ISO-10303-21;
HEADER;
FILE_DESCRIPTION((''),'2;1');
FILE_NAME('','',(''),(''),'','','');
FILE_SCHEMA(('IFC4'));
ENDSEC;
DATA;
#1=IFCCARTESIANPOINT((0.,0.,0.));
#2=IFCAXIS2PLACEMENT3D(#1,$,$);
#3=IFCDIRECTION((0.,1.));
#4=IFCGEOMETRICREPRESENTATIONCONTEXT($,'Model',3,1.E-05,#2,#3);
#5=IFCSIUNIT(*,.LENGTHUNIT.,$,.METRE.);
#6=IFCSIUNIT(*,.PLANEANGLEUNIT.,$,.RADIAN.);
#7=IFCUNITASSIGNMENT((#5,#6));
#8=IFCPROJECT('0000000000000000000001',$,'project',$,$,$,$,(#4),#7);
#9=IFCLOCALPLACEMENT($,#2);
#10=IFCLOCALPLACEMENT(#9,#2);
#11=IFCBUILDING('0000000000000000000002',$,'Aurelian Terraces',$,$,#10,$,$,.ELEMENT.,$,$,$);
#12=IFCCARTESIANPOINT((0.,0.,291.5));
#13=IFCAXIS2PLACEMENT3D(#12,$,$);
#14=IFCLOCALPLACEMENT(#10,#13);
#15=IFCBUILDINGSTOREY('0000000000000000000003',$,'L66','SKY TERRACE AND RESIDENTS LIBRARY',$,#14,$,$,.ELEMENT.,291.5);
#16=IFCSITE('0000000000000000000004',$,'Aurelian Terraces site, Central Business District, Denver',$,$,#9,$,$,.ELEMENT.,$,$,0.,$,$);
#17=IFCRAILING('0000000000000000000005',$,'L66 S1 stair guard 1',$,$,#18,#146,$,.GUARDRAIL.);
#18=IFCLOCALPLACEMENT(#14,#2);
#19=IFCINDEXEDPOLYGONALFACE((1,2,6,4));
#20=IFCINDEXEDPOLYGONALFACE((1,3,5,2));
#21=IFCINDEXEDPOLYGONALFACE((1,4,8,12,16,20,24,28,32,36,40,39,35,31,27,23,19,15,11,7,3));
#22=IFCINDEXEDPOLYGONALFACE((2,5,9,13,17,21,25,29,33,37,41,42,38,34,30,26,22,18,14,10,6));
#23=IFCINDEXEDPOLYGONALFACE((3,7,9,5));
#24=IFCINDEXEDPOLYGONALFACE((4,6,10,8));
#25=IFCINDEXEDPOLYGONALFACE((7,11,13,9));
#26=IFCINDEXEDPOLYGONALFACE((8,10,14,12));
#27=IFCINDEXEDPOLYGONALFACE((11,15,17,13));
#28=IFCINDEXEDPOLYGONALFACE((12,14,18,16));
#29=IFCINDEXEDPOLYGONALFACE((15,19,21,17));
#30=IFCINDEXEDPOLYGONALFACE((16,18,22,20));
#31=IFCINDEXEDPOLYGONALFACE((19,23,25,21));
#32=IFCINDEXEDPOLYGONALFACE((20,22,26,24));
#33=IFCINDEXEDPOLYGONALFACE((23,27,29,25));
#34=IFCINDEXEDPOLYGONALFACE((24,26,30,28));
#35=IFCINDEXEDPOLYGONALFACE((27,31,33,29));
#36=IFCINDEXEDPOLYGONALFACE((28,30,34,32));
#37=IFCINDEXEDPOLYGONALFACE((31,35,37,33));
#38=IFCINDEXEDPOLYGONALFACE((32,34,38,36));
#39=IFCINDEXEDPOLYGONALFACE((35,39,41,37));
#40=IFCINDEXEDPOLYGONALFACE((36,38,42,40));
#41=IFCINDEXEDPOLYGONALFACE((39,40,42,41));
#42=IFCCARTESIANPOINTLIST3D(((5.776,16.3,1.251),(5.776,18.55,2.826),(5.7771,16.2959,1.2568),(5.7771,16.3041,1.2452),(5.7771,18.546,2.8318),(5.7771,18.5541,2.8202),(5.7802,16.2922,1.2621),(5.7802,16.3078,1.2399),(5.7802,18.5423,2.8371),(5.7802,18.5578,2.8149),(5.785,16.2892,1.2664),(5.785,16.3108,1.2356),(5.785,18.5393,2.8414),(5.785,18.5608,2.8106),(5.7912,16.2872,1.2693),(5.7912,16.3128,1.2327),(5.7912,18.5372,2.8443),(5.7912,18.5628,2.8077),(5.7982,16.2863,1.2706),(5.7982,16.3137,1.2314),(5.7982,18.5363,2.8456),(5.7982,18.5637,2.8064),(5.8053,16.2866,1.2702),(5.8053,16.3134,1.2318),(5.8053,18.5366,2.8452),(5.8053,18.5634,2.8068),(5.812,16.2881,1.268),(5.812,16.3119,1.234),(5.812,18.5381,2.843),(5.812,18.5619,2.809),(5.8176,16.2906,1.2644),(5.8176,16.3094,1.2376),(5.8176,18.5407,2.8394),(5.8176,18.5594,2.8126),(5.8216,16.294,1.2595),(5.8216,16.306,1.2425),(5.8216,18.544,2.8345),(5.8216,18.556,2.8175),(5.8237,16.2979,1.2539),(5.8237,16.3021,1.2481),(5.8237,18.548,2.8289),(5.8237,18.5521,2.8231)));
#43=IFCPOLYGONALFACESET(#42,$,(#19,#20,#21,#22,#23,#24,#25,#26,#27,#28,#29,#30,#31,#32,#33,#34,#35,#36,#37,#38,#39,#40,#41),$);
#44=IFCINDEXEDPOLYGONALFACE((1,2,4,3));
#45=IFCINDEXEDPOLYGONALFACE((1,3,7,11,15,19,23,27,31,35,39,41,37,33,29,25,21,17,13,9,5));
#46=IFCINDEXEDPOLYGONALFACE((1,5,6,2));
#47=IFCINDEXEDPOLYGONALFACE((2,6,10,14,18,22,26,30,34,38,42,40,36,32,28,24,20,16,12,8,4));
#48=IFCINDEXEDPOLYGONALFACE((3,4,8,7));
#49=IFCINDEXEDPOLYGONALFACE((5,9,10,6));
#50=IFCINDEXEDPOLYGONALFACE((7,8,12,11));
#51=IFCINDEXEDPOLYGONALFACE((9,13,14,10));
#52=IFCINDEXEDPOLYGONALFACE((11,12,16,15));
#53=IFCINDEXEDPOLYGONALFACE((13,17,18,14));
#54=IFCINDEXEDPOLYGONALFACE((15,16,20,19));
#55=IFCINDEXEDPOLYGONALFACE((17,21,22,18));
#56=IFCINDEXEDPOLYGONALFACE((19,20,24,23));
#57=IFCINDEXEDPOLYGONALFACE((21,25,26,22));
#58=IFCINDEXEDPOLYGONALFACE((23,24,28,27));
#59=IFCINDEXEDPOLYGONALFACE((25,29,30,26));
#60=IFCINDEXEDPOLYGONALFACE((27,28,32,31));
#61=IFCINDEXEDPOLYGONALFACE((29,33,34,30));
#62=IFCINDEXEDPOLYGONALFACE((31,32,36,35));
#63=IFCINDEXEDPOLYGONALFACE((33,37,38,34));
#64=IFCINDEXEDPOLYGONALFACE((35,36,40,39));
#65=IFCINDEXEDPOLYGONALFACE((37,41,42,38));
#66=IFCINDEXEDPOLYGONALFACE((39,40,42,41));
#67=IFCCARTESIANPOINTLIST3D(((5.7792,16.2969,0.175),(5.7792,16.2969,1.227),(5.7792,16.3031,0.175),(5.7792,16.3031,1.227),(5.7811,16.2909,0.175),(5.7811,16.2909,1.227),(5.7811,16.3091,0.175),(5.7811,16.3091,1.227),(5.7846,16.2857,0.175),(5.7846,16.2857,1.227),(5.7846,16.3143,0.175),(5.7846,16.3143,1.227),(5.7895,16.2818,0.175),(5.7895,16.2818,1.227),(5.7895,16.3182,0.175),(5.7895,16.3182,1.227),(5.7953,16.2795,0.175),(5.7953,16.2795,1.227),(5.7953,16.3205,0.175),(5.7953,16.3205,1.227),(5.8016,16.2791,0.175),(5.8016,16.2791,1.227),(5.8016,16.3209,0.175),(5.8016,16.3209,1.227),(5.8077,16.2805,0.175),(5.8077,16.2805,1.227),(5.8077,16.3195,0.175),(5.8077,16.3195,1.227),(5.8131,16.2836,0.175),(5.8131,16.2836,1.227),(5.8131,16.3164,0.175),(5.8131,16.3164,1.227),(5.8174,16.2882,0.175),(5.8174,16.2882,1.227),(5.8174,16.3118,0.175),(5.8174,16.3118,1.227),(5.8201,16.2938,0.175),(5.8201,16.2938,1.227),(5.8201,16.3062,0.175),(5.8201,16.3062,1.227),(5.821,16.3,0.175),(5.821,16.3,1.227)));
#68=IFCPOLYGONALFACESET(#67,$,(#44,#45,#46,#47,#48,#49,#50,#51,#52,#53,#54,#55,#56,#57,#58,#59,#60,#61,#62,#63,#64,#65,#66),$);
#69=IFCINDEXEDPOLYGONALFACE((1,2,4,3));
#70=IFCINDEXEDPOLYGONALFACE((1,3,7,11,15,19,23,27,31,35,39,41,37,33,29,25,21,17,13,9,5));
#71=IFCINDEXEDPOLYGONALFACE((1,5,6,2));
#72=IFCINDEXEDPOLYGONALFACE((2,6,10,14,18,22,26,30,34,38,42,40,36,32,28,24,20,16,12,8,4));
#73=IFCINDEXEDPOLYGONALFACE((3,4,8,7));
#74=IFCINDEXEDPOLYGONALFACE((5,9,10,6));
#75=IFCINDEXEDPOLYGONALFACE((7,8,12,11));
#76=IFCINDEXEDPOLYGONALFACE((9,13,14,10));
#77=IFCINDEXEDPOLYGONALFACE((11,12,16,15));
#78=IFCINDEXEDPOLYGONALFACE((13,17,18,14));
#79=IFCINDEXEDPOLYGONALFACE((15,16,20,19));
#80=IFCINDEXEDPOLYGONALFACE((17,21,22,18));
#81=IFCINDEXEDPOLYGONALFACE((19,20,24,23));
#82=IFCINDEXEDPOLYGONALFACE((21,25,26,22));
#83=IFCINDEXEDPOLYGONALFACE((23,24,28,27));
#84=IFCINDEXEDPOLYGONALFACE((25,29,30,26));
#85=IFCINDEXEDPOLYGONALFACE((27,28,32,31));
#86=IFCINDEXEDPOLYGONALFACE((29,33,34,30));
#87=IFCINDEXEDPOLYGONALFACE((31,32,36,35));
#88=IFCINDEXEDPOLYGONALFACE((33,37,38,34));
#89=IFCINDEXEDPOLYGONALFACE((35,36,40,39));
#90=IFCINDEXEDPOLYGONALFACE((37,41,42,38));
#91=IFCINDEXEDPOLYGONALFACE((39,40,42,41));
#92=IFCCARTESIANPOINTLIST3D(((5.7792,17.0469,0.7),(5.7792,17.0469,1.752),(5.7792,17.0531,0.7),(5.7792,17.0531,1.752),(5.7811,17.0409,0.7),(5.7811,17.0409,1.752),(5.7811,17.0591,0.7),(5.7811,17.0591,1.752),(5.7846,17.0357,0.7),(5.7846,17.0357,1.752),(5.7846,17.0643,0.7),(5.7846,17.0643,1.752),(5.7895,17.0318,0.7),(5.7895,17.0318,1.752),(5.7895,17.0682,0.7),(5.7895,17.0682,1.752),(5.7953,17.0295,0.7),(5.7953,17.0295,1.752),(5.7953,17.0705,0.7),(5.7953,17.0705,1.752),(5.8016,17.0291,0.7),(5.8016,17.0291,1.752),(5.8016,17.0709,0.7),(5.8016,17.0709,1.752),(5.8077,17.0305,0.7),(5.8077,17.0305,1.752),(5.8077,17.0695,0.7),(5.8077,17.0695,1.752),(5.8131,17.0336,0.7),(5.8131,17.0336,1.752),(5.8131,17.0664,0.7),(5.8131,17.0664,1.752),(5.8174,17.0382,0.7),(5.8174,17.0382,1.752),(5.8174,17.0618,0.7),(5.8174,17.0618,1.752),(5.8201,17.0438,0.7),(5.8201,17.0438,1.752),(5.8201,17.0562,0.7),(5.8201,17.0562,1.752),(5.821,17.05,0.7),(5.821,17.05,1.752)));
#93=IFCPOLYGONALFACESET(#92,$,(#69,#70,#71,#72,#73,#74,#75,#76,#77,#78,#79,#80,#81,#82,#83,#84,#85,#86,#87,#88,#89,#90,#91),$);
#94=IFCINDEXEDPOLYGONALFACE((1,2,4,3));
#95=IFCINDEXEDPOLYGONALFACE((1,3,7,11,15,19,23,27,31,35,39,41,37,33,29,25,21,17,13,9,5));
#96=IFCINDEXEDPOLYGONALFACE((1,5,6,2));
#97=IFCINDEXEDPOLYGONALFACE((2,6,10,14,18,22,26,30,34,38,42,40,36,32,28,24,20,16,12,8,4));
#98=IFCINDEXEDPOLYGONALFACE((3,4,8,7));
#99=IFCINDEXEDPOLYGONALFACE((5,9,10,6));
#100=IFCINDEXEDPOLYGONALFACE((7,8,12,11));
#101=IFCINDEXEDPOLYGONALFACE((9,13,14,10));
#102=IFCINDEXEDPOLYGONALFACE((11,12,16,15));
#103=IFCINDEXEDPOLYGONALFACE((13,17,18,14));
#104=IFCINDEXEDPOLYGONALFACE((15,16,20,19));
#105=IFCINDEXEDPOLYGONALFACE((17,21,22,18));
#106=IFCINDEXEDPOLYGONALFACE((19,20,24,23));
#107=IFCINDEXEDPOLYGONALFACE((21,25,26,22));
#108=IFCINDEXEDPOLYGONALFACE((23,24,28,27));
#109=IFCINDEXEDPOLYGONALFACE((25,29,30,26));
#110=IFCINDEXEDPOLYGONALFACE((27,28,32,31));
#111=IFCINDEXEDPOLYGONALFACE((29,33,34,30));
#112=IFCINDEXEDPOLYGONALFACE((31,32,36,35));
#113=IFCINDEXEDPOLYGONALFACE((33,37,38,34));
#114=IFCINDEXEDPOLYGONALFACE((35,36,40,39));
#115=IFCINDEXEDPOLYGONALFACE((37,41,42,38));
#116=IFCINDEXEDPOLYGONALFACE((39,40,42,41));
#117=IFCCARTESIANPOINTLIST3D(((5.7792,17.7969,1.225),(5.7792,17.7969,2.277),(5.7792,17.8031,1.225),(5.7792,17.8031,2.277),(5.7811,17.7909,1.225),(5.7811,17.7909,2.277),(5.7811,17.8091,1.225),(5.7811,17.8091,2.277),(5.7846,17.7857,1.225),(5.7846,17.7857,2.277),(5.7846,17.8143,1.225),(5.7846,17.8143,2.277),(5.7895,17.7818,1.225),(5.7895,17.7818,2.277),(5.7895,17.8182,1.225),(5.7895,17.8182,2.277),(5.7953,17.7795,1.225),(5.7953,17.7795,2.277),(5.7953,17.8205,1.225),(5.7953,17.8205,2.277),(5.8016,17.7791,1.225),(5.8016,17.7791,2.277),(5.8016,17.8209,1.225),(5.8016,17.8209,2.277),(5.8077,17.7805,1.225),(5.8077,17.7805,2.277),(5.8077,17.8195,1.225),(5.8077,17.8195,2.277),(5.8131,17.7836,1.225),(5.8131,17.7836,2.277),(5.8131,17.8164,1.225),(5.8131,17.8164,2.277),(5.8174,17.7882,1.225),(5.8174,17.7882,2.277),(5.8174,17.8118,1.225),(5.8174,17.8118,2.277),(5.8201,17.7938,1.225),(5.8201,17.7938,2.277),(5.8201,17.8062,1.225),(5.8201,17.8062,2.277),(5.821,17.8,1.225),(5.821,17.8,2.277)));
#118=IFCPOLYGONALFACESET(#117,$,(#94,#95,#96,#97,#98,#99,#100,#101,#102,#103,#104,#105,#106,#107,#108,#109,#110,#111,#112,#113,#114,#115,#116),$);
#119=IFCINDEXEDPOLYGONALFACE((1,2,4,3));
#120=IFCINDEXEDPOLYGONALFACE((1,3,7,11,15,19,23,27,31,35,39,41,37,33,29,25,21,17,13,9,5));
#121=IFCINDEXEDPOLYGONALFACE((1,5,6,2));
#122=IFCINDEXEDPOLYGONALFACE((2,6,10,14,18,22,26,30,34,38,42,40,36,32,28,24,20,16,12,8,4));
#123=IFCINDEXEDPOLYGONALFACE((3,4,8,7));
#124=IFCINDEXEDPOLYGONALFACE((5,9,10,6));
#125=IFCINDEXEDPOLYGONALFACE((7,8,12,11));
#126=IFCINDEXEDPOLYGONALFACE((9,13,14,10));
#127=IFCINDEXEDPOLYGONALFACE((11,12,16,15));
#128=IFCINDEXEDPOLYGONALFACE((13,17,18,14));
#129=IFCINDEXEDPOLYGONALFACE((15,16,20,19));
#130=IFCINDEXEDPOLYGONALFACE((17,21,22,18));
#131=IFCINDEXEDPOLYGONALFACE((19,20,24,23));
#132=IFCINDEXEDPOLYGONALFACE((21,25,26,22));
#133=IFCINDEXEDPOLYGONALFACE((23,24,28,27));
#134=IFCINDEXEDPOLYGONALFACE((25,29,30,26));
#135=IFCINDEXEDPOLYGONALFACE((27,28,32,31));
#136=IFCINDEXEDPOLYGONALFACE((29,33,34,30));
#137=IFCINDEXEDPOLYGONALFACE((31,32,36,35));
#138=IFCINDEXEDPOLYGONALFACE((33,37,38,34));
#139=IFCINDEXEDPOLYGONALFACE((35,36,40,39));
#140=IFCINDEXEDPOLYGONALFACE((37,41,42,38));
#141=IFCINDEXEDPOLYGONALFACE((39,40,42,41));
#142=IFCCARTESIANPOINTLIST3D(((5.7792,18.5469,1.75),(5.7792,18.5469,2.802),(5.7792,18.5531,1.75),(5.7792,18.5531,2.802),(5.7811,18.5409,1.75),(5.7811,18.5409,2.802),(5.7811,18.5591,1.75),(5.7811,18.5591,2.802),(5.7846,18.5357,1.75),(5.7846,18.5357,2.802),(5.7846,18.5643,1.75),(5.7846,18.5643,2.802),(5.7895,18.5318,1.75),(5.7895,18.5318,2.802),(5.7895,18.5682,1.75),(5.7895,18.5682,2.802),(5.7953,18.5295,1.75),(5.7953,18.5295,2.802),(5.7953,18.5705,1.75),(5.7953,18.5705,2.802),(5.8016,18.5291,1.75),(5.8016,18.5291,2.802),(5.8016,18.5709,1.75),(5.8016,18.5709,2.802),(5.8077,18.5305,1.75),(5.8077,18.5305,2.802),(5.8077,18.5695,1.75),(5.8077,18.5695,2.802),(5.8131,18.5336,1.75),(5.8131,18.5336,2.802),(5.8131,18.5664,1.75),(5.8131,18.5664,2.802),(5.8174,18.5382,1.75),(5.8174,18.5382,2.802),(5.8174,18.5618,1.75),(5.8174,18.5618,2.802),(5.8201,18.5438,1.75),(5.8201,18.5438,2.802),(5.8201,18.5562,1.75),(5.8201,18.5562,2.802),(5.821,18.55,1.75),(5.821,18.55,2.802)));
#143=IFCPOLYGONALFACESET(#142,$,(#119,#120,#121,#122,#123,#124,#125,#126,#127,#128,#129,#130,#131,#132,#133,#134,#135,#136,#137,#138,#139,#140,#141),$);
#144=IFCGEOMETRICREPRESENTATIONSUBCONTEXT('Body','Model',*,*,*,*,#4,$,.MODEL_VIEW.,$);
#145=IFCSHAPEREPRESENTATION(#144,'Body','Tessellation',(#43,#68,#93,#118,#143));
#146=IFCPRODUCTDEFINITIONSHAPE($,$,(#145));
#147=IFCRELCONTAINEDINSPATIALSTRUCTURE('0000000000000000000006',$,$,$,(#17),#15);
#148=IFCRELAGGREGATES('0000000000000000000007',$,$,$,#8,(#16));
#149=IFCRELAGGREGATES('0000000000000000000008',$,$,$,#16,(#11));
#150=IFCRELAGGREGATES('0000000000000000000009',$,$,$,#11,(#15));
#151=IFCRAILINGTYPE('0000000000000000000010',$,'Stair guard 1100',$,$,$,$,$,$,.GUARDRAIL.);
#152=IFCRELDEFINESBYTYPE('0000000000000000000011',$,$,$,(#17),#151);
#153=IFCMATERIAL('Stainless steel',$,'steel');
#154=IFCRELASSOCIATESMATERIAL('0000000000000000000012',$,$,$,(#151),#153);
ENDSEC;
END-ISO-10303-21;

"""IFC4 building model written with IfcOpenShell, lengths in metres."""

from ifc_helpers import new_model, si_unit, direction, frame, origin, origin_2d, place, context, subcontext, project, spatial, circle, extrude, source, transform, mapped, material, type_object, element, save


model = new_model("IFC4")

# Units and contexts
model_context = context("Model", 3, precision=1e-05, world=origin(), true_north=direction((0.0, 1.0)))
body_context = subcontext(model_context, "Body", "Model", "MODEL_VIEW")
ifc_project = project(units=[si_unit("LENGTHUNIT", "METRE"), si_unit("PLANEANGLEUNIT", "RADIAN")], contexts=[model_context])

# Site, building, storey
site_placement = place(None, origin())
site = spatial("IfcSite", under=ifc_project, at=site_placement, Name="Aurelian Terraces site, Central Business District, Denver", CompositionType="ELEMENT", RefElevation=0.0)
building_placement = place(site_placement, origin())
building = spatial("IfcBuilding", under=site, at=building_placement, Name="Aurelian Terraces", CompositionType="ELEMENT")
storey_placement = place(building_placement, frame((0.0, 0.0, 291.5)))
storey = spatial("IfcBuildingStorey", under=building, at=storey_placement, Name="L66", Description="SKY TERRACE AND RESIDENTS LIBRARY", CompositionType="ELEMENT", Elevation=291.5)

# Railing
ifc_material_1 = material(Name="Stainless steel", Category="steel")
railing_type_1 = type_object("IfcRailingType", Name="Stair guard 1100", PredefinedType="GUARDRAIL", material=ifc_material_1)
shared_shape_1 = source(origin(), body_context, "Body", "SweptSolid", [
    extrude(circle(Radius=0.024, at=origin_2d()), frame((0.0, 0.0, 1.076), z_axis=(0.0, 0.819232, 0.573462), x_axis=(-1.0, 0.0, 0.0)), (0.0, 0.0, 1.0), 2.7465),
    extrude(circle(Radius=0.021, at=origin_2d()), origin(), (0.0, 0.0, 1.0), 1.052),
    extrude(circle(Radius=0.021, at=origin_2d()), frame((0.0, 0.75, 0.525)), (0.0, 0.0, 1.0), 1.052),
    extrude(circle(Radius=0.021, at=origin_2d()), frame((0.0, 1.5, 1.05)), (0.0, 0.0, 1.0), 1.052),
    extrude(circle(Radius=0.021, at=origin_2d()), frame((0.0, 2.25, 1.575)), (0.0, 0.0, 1.0), 1.052),
])
railing_1_placement = place(storey_placement, frame((5.8, 16.3, 0.175)))
element("IfcRailing", 1, at=railing_1_placement, inside=storey, type_object=railing_type_1, Name="L66 S1 stair guard 1", PredefinedType="GUARDRAIL", context=body_context, shape_type="MappedRepresentation", body=[
    mapped(shared_shape_1, transform((0.0, 0.0, 0.0), scale=1.0)),
])

save(model, "model.ifc")
